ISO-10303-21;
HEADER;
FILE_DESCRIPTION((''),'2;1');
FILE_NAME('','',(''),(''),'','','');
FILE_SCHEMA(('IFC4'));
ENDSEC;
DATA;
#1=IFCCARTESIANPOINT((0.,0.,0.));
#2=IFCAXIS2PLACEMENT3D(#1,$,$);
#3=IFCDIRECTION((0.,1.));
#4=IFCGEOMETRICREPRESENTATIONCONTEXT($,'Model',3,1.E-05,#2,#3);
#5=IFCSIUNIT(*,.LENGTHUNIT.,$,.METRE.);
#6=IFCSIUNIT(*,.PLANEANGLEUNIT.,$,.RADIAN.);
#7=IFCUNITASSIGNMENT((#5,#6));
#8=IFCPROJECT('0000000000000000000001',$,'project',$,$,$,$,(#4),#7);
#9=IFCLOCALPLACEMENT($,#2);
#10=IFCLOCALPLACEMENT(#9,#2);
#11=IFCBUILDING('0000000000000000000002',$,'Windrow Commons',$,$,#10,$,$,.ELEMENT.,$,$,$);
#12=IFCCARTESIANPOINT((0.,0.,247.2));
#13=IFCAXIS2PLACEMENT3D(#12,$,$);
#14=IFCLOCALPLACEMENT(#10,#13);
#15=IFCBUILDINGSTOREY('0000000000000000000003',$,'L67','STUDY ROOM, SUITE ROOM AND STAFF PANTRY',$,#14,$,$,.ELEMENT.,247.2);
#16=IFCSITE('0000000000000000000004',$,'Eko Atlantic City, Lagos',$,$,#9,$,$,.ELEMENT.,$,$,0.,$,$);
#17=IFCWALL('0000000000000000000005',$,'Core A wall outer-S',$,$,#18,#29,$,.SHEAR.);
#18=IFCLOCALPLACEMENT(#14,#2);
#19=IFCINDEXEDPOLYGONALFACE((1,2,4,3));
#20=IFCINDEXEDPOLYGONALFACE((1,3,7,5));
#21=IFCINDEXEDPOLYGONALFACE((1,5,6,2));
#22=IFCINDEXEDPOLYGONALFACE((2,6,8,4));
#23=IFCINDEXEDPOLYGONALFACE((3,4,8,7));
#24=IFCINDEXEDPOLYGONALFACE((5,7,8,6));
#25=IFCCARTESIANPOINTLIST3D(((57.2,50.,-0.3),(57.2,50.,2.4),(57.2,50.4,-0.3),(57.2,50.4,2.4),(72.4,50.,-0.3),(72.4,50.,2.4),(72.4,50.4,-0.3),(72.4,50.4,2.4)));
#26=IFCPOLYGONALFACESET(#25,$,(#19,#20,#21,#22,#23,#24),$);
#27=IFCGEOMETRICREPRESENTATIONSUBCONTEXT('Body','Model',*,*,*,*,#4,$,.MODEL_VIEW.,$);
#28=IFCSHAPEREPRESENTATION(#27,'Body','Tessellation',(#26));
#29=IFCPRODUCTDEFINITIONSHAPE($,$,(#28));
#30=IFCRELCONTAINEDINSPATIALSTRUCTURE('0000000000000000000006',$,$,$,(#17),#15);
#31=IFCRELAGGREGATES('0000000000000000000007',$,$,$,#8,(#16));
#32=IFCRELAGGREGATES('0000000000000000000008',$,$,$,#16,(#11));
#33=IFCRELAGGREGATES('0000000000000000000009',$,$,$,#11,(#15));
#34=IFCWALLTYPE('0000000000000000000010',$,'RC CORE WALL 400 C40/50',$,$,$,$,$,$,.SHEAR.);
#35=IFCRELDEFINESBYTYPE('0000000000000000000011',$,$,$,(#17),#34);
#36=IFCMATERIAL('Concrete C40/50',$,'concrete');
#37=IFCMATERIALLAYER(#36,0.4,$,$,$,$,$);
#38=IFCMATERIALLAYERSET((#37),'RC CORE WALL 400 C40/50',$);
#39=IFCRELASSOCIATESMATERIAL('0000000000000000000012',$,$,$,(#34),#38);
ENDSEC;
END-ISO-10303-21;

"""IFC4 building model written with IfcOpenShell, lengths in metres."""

from ifc_helpers import new_model, si_unit, direction, frame, frame_2d, origin, place, context, subcontext, project, spatial, rectangle, extrude, material, layer, layer_set, type_object, element, save


model = new_model("IFC4")

# Units and contexts
model_context = context("Model", 3, precision=1e-05, world=origin(), true_north=direction((0.0, 1.0)))
body_context = subcontext(model_context, "Body", "Model", "MODEL_VIEW")
ifc_project = project(units=[si_unit("LENGTHUNIT", "METRE"), si_unit("PLANEANGLEUNIT", "RADIAN")], contexts=[model_context])

# Site, building, storey
site_placement = place(None, origin())
site = spatial("IfcSite", under=ifc_project, at=site_placement, Name="Eko Atlantic City, Lagos", CompositionType="ELEMENT", RefElevation=0.0)
building_placement = place(site_placement, origin())
building = spatial("IfcBuilding", under=site, at=building_placement, Name="Windrow Commons", CompositionType="ELEMENT")
storey_placement = place(building_placement, frame((0.0, 0.0, 247.2)))
storey = spatial("IfcBuildingStorey", under=building, at=storey_placement, Name="L67", Description="STUDY ROOM, SUITE ROOM AND STAFF PANTRY", CompositionType="ELEMENT", Elevation=247.2)

# Wall
ifc_material_1 = material(Name="Concrete C40/50", Category="concrete")
ifc_layer_1 = layer(ifc_material_1, 0.4)
ifc_layer_set_1 = layer_set([ifc_layer_1], Name="RC CORE WALL 400 C40/50")
wall_type_1 = type_object("IfcWallType", Name="RC CORE WALL 400 C40/50", PredefinedType="SHEAR", material=ifc_layer_set_1)
wall_1_placement = place(storey_placement, frame((57.2, 50.2, -0.3), z_axis=(0.0, 0.0, 1.0), x_axis=(1.0, 0.0, 0.0)))
element("IfcWall", 1, at=wall_1_placement, inside=storey, type_object=wall_type_1, Name="Core A wall outer-S", PredefinedType="SHEAR", context=body_context, shape_type="SweptSolid", body=[
    extrude(rectangle(XDim=15.2, YDim=0.4, at=frame_2d((7.6, 0.0))), origin(), (0.0, 0.0, 1.0), 2.7),
])

save(model, "model.ifc")
